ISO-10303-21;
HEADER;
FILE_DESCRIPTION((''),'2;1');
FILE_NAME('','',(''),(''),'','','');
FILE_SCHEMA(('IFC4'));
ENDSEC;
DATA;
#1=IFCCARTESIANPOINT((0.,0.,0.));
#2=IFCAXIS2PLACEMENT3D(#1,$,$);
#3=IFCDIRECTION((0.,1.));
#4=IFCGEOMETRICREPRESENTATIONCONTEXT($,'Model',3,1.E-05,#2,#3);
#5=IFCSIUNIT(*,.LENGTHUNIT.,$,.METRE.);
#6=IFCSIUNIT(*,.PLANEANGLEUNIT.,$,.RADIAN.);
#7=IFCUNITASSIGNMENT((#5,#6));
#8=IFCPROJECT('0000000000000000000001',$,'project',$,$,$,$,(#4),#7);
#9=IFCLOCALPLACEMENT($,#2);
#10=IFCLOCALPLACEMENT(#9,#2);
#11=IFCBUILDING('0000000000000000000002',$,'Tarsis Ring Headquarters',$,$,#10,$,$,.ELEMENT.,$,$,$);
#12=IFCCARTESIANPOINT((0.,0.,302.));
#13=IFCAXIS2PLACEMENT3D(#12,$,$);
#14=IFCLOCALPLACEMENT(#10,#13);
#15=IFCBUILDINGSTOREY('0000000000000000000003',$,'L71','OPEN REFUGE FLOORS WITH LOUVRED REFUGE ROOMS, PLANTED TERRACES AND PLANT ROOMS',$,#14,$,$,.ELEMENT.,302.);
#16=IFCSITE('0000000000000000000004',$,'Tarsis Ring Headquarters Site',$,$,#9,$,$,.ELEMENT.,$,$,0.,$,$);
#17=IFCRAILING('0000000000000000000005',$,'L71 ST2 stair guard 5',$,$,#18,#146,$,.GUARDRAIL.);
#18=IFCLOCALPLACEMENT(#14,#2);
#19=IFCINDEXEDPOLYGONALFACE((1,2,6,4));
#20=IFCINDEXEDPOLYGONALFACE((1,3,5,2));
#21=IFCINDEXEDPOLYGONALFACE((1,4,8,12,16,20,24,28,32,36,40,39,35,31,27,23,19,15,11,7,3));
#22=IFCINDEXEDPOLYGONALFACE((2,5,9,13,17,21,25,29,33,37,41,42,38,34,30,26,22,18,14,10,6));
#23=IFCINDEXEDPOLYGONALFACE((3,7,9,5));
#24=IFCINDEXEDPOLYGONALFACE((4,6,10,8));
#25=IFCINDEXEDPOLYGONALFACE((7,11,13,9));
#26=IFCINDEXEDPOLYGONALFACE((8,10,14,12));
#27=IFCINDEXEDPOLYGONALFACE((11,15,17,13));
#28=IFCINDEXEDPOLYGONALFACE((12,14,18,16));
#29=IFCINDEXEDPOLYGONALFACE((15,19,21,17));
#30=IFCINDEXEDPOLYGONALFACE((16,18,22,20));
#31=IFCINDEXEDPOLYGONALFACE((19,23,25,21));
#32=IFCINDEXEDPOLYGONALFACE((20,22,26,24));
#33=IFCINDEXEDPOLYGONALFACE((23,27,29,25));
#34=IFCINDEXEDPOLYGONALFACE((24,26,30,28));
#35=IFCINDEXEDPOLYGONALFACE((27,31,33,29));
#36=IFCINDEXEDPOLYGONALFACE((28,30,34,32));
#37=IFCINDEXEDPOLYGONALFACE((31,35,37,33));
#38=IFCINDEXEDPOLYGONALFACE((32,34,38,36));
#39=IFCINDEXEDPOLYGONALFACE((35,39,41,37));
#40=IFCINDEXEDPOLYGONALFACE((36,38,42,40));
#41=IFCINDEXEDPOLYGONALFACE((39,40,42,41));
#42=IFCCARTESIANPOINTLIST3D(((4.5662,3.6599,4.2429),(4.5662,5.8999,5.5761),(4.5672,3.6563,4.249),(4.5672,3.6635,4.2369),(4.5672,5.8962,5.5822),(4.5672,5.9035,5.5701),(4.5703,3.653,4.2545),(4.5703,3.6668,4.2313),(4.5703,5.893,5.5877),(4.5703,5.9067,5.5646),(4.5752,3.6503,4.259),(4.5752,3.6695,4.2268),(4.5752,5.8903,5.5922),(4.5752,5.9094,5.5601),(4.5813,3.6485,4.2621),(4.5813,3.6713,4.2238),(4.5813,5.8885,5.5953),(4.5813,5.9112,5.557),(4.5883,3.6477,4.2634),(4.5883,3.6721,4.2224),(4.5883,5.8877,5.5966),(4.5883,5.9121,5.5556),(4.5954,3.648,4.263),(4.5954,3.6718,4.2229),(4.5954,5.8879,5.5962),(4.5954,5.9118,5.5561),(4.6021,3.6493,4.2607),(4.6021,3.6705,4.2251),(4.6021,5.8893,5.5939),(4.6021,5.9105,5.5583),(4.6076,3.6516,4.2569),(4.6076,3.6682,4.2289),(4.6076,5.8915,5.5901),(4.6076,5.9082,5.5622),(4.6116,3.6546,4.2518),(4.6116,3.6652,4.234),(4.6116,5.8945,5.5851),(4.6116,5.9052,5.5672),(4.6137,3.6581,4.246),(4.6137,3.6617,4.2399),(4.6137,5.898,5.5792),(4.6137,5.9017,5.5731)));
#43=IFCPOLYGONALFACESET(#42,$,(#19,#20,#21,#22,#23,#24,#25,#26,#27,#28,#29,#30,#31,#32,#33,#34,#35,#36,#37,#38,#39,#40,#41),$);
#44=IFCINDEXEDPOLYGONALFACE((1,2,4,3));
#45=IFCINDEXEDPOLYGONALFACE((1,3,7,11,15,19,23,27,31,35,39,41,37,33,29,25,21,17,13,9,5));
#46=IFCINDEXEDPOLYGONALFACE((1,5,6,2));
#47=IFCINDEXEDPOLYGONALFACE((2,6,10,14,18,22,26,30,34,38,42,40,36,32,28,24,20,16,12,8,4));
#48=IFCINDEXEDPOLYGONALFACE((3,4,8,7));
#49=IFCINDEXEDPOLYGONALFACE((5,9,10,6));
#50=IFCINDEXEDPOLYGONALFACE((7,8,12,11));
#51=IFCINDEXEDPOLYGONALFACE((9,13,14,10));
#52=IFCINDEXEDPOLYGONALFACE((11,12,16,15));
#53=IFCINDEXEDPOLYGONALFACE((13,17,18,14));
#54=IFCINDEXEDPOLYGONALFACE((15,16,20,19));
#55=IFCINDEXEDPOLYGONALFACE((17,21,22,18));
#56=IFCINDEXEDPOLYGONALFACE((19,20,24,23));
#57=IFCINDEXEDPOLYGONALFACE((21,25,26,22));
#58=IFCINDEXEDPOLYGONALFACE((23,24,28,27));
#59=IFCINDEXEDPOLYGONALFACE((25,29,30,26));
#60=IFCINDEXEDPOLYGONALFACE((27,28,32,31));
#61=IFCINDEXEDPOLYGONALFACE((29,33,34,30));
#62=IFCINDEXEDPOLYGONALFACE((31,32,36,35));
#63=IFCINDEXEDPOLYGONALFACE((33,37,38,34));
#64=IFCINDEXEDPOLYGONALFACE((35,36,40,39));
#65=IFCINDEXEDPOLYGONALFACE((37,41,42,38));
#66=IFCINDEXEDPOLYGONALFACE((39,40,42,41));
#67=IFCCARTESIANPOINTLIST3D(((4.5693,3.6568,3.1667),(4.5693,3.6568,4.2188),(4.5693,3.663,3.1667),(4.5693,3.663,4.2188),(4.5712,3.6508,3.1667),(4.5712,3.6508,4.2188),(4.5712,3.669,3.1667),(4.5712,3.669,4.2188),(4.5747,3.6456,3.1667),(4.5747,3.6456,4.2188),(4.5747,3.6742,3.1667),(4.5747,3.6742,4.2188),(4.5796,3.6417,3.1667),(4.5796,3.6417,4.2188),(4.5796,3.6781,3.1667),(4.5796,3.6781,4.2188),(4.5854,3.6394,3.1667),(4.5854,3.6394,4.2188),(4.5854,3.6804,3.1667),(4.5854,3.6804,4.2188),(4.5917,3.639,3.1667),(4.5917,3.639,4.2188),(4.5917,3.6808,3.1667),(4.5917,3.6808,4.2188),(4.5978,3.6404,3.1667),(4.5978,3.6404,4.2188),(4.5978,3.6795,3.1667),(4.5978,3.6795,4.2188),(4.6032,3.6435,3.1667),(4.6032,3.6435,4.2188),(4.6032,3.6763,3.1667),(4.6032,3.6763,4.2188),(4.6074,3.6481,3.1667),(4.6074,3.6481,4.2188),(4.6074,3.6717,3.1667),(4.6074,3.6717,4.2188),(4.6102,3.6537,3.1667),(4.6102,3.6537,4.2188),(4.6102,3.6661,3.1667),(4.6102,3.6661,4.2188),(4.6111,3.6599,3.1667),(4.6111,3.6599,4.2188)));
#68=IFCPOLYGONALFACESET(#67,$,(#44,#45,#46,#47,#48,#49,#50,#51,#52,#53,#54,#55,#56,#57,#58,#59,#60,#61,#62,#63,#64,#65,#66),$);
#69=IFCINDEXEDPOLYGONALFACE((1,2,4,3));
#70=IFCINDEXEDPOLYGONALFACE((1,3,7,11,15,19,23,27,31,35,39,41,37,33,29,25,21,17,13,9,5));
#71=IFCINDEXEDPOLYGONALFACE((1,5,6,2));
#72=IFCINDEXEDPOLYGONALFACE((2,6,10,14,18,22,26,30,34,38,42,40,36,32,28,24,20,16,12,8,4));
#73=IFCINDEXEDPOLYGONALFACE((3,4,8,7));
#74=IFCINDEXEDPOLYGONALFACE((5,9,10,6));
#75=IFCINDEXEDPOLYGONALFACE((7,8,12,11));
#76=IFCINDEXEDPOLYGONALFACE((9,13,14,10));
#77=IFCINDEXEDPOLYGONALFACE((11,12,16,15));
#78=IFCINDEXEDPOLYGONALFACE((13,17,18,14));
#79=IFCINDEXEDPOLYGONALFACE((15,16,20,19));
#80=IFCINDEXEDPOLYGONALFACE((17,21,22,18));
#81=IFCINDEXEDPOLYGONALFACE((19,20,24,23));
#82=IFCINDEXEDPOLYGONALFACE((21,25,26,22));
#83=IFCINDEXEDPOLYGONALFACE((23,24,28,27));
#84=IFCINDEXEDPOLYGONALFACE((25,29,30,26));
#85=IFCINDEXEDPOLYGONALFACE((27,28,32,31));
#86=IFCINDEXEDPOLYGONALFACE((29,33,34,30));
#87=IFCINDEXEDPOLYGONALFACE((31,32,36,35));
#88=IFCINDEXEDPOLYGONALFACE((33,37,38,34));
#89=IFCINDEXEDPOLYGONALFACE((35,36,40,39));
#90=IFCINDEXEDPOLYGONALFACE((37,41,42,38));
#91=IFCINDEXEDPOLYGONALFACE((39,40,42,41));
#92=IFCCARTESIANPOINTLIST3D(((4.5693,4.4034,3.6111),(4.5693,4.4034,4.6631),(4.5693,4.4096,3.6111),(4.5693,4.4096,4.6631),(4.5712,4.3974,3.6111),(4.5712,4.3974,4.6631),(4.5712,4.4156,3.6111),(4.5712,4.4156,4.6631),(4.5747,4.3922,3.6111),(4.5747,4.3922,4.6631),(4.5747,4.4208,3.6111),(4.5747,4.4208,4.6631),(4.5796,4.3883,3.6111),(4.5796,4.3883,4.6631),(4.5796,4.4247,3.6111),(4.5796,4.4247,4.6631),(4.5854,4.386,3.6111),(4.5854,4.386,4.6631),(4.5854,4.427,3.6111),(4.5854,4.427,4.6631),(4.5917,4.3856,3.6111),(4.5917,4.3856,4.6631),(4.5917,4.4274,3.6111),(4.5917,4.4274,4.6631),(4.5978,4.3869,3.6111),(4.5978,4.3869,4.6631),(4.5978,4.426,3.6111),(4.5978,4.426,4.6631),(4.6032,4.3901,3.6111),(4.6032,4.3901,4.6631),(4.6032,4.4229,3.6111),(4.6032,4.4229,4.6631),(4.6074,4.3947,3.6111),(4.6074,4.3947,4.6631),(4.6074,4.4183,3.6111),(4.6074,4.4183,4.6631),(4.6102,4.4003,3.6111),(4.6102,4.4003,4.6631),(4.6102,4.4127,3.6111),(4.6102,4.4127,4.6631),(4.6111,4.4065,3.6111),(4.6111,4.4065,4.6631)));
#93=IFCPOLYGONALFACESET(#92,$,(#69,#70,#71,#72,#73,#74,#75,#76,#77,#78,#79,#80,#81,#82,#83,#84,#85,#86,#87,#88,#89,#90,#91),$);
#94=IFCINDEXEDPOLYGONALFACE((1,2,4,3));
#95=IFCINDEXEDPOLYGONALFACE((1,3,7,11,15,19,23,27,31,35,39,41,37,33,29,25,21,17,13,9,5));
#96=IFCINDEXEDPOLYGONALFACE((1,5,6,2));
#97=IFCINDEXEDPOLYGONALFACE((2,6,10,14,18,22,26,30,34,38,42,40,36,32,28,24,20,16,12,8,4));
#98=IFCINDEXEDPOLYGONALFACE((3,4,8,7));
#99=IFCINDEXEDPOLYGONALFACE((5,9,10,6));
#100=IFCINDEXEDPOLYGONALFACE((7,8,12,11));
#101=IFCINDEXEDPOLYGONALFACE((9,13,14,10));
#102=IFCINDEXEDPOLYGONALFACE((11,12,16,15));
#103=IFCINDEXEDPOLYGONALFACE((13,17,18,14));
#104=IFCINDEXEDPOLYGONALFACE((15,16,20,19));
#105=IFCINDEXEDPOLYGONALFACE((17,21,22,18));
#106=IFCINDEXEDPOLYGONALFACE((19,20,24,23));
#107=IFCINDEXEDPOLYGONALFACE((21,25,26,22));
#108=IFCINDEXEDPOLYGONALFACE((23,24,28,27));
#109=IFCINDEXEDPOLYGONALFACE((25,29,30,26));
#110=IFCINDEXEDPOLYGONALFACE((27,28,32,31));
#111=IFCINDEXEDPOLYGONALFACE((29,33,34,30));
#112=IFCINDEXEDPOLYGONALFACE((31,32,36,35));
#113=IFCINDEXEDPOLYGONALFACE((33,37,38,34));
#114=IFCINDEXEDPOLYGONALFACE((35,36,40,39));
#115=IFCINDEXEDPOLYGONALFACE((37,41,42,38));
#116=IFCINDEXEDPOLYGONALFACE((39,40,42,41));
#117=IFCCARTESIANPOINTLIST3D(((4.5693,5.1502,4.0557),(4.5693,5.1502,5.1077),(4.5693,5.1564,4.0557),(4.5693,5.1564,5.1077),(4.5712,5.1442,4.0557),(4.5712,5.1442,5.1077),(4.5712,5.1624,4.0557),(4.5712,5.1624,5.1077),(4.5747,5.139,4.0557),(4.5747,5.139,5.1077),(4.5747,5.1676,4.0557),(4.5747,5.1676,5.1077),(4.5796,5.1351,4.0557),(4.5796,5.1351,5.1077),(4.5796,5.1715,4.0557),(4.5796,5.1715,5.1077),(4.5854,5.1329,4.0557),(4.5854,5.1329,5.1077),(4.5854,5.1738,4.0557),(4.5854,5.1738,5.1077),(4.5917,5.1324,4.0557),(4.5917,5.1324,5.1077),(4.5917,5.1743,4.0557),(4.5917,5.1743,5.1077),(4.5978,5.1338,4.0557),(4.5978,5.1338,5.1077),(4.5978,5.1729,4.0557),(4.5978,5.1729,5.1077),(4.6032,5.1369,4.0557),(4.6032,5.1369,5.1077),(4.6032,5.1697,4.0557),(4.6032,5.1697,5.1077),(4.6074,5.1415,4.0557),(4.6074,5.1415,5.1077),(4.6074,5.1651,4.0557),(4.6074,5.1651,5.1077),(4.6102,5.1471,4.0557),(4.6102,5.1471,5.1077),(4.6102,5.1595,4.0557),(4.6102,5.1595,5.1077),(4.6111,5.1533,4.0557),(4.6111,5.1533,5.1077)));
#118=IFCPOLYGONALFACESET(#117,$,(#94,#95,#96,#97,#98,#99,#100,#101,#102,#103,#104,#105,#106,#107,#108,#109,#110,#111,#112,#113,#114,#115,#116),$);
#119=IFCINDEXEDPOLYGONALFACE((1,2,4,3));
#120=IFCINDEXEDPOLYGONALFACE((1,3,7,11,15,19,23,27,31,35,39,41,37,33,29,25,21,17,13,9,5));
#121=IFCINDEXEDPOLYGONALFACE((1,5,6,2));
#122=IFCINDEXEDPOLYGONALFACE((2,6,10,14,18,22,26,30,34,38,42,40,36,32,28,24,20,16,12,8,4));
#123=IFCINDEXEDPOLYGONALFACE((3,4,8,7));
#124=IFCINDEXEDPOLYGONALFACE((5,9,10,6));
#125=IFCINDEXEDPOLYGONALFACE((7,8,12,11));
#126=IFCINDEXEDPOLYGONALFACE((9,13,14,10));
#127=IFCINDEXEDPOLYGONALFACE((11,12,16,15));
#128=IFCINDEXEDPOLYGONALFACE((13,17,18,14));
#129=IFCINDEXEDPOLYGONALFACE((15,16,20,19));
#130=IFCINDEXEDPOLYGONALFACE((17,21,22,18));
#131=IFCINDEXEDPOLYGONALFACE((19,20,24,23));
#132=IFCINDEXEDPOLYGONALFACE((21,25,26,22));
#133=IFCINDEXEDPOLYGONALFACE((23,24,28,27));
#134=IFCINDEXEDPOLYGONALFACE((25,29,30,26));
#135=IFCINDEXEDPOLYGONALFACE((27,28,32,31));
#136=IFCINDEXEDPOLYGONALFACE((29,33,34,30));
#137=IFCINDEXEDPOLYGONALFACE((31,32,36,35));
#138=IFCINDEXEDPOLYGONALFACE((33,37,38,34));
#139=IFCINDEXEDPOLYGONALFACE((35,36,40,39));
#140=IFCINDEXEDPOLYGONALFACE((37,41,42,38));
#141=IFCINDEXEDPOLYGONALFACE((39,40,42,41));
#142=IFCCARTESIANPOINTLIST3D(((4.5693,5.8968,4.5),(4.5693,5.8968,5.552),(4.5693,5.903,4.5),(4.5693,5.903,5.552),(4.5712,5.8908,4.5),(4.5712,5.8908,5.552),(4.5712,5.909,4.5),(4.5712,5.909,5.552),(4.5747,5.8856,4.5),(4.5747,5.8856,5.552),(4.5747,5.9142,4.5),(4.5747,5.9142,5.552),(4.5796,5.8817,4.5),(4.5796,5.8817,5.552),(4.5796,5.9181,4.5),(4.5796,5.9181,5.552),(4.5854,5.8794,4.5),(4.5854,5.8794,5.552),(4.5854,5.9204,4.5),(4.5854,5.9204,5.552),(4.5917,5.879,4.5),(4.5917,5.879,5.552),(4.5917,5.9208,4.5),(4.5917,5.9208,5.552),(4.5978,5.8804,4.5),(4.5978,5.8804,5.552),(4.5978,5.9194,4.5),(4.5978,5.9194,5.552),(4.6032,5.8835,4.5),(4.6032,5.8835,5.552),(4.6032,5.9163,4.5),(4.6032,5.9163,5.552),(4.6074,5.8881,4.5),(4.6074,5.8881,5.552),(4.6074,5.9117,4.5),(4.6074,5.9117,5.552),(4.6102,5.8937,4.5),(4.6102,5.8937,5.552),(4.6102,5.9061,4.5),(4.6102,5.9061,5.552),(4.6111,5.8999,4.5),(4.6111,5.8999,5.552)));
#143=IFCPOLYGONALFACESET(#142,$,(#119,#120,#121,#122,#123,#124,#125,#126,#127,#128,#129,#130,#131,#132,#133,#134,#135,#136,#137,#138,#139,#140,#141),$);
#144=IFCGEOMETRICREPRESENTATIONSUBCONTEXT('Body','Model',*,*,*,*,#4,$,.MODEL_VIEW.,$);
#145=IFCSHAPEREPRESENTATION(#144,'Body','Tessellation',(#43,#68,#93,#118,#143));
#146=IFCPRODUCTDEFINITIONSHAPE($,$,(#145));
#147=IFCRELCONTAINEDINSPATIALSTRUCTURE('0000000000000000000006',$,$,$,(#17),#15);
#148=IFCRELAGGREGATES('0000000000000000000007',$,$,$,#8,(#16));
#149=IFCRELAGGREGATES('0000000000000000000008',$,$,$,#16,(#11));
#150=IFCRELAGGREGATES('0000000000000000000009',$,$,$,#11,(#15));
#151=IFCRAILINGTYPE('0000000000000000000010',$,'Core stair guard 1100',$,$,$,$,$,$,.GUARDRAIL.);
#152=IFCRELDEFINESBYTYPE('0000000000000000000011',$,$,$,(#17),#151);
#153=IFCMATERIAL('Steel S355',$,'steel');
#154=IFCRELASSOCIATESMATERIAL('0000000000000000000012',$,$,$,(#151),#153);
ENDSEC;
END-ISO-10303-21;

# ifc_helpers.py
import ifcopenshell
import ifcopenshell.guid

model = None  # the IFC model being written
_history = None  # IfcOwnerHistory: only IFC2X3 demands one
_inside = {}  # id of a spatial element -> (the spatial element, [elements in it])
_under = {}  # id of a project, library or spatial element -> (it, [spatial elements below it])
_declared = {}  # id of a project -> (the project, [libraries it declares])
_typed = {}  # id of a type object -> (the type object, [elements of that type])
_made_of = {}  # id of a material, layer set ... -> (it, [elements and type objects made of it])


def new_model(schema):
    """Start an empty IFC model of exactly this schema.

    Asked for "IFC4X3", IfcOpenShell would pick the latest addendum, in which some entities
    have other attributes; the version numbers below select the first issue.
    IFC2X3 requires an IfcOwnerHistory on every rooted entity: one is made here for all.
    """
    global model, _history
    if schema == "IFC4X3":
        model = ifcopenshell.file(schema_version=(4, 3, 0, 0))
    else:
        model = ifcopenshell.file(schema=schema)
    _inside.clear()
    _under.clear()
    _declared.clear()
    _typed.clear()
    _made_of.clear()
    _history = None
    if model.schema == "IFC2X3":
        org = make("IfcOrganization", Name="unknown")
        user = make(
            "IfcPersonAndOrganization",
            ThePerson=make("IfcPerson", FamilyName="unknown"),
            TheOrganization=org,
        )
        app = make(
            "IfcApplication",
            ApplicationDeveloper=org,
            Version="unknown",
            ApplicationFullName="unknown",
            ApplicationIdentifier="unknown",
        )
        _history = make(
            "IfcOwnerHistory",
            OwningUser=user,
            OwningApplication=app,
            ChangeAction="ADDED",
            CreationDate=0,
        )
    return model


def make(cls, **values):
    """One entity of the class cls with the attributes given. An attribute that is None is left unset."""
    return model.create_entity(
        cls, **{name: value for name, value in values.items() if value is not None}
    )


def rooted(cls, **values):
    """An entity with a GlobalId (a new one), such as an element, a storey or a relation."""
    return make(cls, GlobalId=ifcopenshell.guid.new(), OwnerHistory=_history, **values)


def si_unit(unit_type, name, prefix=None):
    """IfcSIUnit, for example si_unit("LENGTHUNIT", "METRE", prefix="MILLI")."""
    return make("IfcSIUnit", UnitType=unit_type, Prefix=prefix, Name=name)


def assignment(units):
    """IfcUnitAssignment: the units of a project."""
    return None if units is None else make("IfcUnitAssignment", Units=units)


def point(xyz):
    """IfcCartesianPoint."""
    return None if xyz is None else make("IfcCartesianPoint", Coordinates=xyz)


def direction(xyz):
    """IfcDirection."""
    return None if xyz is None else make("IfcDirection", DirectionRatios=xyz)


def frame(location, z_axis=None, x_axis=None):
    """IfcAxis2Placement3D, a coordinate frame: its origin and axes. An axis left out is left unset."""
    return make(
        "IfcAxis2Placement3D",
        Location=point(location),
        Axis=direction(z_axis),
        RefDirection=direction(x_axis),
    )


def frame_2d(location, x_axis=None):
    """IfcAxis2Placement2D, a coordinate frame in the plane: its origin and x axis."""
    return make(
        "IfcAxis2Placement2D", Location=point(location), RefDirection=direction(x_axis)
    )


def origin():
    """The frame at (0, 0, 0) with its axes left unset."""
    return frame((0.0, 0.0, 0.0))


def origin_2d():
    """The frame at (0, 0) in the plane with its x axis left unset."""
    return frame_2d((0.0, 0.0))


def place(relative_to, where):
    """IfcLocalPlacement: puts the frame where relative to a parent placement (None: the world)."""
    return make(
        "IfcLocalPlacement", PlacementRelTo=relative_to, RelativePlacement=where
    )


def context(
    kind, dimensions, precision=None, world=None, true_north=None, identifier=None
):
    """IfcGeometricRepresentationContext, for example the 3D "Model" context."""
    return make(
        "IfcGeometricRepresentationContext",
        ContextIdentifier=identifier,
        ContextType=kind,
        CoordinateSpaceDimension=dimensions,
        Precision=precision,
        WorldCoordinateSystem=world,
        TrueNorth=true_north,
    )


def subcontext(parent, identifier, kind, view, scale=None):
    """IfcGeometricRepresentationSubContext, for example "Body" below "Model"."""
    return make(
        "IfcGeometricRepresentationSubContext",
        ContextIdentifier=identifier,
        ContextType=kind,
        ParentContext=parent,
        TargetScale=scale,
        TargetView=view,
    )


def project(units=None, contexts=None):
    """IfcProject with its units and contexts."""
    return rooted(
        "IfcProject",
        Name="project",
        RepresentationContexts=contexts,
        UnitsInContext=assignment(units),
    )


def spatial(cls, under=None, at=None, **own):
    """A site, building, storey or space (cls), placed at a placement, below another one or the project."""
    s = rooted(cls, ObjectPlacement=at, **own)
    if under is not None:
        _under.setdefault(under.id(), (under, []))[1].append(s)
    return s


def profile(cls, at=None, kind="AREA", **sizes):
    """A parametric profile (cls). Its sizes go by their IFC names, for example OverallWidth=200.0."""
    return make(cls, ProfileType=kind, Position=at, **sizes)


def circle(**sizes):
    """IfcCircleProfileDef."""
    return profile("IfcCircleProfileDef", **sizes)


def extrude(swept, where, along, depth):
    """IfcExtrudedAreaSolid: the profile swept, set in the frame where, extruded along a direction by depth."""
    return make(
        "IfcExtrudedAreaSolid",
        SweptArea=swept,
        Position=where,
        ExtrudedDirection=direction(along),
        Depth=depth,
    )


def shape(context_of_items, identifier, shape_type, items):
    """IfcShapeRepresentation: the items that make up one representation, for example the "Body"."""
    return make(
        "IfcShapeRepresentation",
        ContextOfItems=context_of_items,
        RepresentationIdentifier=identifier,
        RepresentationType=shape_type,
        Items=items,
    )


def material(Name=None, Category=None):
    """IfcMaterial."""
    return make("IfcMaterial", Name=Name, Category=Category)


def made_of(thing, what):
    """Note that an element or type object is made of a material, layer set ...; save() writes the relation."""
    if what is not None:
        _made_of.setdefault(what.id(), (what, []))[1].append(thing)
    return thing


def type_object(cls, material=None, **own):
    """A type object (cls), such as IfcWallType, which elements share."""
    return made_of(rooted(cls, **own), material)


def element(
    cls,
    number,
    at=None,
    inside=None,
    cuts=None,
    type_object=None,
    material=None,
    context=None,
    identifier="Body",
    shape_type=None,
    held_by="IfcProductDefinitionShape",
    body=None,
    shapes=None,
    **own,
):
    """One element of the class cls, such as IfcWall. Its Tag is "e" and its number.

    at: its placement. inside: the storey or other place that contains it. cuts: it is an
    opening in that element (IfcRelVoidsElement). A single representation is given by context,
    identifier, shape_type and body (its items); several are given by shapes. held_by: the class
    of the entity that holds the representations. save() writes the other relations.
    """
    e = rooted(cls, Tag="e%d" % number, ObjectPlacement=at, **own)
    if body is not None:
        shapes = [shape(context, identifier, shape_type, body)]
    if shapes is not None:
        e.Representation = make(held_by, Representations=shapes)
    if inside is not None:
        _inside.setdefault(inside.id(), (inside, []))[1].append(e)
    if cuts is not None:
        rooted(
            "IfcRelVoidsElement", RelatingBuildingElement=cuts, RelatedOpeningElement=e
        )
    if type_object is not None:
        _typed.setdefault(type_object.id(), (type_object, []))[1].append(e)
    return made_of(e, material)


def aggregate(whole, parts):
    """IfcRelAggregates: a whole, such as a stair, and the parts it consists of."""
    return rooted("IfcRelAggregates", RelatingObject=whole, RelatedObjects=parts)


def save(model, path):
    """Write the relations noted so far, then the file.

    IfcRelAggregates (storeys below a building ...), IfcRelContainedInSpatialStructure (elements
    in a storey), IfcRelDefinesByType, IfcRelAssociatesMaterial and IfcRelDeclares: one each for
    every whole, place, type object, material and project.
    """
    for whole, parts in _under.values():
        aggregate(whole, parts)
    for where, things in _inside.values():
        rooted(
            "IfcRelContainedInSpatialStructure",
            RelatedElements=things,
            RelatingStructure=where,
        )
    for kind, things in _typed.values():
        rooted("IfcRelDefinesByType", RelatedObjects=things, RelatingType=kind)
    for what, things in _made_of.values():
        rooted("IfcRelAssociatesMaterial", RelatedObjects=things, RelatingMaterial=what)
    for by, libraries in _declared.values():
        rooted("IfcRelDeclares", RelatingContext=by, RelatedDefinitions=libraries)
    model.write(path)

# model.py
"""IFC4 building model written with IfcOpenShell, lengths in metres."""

from ifc_helpers import new_model, si_unit, direction, frame, origin, origin_2d, place, context, subcontext, project, spatial, circle, extrude, material, type_object, element, save


model = new_model("IFC4")

# Units and contexts
model_context = context("Model", 3, precision=1e-05, world=origin(), true_north=direction((0.0, 1.0)))
body_context = subcontext(model_context, "Body", "Model", "MODEL_VIEW")
ifc_project = project(units=[si_unit("LENGTHUNIT", "METRE"), si_unit("PLANEANGLEUNIT", "RADIAN")], contexts=[model_context])

# Site, building, storey
site_placement = place(None, origin())
site = spatial("IfcSite", under=ifc_project, at=site_placement, Name="Tarsis Ring Headquarters Site", CompositionType="ELEMENT", RefElevation=0.0)
building_placement = place(site_placement, origin())
building = spatial("IfcBuilding", under=site, at=building_placement, Name="Tarsis Ring Headquarters", CompositionType="ELEMENT")
storey_placement = place(building_placement, frame((0.0, 0.0, 302.0)))
storey = spatial("IfcBuildingStorey", under=building, at=storey_placement, Name="L71", Description="OPEN REFUGE FLOORS WITH LOUVRED REFUGE ROOMS, PLANTED TERRACES AND PLANT ROOMS", CompositionType="ELEMENT", Elevation=302.0)

# Railing
ifc_material_1 = material(Name="Steel S355", Category="steel")
railing_type_1 = type_object("IfcRailingType", Name="Core stair guard 1100", PredefinedType="GUARDRAIL", material=ifc_material_1)
railing_1_placement = place(storey_placement, frame((4.5901, 3.6599, 3.1667)))
element("IfcRailing", 1, at=railing_1_placement, inside=storey, type_object=railing_type_1, Name="L71 ST2 stair guard 5", PredefinedType="GUARDRAIL", context=body_context, shape_type="SweptSolid", body=[
    extrude(circle(Radius=0.0239, at=origin_2d()), frame((0.0, 0.0, 1.0762), z_axis=(0.0, 0.859306, 0.511462), x_axis=(-1.0, 0.0, 0.0)), (0.0, 0.0, 1.0), 2.6067),
    extrude(circle(Radius=0.021, at=origin_2d()), origin(), (0.0, 0.0, 1.0), 1.052),
    extrude(circle(Radius=0.021, at=origin_2d()), frame((0.0, 0.7466, 0.4443)), (0.0, 0.0, 1.0), 1.052),
    extrude(circle(Radius=0.021, at=origin_2d()), frame((0.0, 1.4934, 0.8889)), (0.0, 0.0, 1.0), 1.052),
    extrude(circle(Radius=0.021, at=origin_2d()), frame((0.0, 2.24, 1.3333)), (0.0, 0.0, 1.0), 1.052),
])

save(model, "model.ifc")
